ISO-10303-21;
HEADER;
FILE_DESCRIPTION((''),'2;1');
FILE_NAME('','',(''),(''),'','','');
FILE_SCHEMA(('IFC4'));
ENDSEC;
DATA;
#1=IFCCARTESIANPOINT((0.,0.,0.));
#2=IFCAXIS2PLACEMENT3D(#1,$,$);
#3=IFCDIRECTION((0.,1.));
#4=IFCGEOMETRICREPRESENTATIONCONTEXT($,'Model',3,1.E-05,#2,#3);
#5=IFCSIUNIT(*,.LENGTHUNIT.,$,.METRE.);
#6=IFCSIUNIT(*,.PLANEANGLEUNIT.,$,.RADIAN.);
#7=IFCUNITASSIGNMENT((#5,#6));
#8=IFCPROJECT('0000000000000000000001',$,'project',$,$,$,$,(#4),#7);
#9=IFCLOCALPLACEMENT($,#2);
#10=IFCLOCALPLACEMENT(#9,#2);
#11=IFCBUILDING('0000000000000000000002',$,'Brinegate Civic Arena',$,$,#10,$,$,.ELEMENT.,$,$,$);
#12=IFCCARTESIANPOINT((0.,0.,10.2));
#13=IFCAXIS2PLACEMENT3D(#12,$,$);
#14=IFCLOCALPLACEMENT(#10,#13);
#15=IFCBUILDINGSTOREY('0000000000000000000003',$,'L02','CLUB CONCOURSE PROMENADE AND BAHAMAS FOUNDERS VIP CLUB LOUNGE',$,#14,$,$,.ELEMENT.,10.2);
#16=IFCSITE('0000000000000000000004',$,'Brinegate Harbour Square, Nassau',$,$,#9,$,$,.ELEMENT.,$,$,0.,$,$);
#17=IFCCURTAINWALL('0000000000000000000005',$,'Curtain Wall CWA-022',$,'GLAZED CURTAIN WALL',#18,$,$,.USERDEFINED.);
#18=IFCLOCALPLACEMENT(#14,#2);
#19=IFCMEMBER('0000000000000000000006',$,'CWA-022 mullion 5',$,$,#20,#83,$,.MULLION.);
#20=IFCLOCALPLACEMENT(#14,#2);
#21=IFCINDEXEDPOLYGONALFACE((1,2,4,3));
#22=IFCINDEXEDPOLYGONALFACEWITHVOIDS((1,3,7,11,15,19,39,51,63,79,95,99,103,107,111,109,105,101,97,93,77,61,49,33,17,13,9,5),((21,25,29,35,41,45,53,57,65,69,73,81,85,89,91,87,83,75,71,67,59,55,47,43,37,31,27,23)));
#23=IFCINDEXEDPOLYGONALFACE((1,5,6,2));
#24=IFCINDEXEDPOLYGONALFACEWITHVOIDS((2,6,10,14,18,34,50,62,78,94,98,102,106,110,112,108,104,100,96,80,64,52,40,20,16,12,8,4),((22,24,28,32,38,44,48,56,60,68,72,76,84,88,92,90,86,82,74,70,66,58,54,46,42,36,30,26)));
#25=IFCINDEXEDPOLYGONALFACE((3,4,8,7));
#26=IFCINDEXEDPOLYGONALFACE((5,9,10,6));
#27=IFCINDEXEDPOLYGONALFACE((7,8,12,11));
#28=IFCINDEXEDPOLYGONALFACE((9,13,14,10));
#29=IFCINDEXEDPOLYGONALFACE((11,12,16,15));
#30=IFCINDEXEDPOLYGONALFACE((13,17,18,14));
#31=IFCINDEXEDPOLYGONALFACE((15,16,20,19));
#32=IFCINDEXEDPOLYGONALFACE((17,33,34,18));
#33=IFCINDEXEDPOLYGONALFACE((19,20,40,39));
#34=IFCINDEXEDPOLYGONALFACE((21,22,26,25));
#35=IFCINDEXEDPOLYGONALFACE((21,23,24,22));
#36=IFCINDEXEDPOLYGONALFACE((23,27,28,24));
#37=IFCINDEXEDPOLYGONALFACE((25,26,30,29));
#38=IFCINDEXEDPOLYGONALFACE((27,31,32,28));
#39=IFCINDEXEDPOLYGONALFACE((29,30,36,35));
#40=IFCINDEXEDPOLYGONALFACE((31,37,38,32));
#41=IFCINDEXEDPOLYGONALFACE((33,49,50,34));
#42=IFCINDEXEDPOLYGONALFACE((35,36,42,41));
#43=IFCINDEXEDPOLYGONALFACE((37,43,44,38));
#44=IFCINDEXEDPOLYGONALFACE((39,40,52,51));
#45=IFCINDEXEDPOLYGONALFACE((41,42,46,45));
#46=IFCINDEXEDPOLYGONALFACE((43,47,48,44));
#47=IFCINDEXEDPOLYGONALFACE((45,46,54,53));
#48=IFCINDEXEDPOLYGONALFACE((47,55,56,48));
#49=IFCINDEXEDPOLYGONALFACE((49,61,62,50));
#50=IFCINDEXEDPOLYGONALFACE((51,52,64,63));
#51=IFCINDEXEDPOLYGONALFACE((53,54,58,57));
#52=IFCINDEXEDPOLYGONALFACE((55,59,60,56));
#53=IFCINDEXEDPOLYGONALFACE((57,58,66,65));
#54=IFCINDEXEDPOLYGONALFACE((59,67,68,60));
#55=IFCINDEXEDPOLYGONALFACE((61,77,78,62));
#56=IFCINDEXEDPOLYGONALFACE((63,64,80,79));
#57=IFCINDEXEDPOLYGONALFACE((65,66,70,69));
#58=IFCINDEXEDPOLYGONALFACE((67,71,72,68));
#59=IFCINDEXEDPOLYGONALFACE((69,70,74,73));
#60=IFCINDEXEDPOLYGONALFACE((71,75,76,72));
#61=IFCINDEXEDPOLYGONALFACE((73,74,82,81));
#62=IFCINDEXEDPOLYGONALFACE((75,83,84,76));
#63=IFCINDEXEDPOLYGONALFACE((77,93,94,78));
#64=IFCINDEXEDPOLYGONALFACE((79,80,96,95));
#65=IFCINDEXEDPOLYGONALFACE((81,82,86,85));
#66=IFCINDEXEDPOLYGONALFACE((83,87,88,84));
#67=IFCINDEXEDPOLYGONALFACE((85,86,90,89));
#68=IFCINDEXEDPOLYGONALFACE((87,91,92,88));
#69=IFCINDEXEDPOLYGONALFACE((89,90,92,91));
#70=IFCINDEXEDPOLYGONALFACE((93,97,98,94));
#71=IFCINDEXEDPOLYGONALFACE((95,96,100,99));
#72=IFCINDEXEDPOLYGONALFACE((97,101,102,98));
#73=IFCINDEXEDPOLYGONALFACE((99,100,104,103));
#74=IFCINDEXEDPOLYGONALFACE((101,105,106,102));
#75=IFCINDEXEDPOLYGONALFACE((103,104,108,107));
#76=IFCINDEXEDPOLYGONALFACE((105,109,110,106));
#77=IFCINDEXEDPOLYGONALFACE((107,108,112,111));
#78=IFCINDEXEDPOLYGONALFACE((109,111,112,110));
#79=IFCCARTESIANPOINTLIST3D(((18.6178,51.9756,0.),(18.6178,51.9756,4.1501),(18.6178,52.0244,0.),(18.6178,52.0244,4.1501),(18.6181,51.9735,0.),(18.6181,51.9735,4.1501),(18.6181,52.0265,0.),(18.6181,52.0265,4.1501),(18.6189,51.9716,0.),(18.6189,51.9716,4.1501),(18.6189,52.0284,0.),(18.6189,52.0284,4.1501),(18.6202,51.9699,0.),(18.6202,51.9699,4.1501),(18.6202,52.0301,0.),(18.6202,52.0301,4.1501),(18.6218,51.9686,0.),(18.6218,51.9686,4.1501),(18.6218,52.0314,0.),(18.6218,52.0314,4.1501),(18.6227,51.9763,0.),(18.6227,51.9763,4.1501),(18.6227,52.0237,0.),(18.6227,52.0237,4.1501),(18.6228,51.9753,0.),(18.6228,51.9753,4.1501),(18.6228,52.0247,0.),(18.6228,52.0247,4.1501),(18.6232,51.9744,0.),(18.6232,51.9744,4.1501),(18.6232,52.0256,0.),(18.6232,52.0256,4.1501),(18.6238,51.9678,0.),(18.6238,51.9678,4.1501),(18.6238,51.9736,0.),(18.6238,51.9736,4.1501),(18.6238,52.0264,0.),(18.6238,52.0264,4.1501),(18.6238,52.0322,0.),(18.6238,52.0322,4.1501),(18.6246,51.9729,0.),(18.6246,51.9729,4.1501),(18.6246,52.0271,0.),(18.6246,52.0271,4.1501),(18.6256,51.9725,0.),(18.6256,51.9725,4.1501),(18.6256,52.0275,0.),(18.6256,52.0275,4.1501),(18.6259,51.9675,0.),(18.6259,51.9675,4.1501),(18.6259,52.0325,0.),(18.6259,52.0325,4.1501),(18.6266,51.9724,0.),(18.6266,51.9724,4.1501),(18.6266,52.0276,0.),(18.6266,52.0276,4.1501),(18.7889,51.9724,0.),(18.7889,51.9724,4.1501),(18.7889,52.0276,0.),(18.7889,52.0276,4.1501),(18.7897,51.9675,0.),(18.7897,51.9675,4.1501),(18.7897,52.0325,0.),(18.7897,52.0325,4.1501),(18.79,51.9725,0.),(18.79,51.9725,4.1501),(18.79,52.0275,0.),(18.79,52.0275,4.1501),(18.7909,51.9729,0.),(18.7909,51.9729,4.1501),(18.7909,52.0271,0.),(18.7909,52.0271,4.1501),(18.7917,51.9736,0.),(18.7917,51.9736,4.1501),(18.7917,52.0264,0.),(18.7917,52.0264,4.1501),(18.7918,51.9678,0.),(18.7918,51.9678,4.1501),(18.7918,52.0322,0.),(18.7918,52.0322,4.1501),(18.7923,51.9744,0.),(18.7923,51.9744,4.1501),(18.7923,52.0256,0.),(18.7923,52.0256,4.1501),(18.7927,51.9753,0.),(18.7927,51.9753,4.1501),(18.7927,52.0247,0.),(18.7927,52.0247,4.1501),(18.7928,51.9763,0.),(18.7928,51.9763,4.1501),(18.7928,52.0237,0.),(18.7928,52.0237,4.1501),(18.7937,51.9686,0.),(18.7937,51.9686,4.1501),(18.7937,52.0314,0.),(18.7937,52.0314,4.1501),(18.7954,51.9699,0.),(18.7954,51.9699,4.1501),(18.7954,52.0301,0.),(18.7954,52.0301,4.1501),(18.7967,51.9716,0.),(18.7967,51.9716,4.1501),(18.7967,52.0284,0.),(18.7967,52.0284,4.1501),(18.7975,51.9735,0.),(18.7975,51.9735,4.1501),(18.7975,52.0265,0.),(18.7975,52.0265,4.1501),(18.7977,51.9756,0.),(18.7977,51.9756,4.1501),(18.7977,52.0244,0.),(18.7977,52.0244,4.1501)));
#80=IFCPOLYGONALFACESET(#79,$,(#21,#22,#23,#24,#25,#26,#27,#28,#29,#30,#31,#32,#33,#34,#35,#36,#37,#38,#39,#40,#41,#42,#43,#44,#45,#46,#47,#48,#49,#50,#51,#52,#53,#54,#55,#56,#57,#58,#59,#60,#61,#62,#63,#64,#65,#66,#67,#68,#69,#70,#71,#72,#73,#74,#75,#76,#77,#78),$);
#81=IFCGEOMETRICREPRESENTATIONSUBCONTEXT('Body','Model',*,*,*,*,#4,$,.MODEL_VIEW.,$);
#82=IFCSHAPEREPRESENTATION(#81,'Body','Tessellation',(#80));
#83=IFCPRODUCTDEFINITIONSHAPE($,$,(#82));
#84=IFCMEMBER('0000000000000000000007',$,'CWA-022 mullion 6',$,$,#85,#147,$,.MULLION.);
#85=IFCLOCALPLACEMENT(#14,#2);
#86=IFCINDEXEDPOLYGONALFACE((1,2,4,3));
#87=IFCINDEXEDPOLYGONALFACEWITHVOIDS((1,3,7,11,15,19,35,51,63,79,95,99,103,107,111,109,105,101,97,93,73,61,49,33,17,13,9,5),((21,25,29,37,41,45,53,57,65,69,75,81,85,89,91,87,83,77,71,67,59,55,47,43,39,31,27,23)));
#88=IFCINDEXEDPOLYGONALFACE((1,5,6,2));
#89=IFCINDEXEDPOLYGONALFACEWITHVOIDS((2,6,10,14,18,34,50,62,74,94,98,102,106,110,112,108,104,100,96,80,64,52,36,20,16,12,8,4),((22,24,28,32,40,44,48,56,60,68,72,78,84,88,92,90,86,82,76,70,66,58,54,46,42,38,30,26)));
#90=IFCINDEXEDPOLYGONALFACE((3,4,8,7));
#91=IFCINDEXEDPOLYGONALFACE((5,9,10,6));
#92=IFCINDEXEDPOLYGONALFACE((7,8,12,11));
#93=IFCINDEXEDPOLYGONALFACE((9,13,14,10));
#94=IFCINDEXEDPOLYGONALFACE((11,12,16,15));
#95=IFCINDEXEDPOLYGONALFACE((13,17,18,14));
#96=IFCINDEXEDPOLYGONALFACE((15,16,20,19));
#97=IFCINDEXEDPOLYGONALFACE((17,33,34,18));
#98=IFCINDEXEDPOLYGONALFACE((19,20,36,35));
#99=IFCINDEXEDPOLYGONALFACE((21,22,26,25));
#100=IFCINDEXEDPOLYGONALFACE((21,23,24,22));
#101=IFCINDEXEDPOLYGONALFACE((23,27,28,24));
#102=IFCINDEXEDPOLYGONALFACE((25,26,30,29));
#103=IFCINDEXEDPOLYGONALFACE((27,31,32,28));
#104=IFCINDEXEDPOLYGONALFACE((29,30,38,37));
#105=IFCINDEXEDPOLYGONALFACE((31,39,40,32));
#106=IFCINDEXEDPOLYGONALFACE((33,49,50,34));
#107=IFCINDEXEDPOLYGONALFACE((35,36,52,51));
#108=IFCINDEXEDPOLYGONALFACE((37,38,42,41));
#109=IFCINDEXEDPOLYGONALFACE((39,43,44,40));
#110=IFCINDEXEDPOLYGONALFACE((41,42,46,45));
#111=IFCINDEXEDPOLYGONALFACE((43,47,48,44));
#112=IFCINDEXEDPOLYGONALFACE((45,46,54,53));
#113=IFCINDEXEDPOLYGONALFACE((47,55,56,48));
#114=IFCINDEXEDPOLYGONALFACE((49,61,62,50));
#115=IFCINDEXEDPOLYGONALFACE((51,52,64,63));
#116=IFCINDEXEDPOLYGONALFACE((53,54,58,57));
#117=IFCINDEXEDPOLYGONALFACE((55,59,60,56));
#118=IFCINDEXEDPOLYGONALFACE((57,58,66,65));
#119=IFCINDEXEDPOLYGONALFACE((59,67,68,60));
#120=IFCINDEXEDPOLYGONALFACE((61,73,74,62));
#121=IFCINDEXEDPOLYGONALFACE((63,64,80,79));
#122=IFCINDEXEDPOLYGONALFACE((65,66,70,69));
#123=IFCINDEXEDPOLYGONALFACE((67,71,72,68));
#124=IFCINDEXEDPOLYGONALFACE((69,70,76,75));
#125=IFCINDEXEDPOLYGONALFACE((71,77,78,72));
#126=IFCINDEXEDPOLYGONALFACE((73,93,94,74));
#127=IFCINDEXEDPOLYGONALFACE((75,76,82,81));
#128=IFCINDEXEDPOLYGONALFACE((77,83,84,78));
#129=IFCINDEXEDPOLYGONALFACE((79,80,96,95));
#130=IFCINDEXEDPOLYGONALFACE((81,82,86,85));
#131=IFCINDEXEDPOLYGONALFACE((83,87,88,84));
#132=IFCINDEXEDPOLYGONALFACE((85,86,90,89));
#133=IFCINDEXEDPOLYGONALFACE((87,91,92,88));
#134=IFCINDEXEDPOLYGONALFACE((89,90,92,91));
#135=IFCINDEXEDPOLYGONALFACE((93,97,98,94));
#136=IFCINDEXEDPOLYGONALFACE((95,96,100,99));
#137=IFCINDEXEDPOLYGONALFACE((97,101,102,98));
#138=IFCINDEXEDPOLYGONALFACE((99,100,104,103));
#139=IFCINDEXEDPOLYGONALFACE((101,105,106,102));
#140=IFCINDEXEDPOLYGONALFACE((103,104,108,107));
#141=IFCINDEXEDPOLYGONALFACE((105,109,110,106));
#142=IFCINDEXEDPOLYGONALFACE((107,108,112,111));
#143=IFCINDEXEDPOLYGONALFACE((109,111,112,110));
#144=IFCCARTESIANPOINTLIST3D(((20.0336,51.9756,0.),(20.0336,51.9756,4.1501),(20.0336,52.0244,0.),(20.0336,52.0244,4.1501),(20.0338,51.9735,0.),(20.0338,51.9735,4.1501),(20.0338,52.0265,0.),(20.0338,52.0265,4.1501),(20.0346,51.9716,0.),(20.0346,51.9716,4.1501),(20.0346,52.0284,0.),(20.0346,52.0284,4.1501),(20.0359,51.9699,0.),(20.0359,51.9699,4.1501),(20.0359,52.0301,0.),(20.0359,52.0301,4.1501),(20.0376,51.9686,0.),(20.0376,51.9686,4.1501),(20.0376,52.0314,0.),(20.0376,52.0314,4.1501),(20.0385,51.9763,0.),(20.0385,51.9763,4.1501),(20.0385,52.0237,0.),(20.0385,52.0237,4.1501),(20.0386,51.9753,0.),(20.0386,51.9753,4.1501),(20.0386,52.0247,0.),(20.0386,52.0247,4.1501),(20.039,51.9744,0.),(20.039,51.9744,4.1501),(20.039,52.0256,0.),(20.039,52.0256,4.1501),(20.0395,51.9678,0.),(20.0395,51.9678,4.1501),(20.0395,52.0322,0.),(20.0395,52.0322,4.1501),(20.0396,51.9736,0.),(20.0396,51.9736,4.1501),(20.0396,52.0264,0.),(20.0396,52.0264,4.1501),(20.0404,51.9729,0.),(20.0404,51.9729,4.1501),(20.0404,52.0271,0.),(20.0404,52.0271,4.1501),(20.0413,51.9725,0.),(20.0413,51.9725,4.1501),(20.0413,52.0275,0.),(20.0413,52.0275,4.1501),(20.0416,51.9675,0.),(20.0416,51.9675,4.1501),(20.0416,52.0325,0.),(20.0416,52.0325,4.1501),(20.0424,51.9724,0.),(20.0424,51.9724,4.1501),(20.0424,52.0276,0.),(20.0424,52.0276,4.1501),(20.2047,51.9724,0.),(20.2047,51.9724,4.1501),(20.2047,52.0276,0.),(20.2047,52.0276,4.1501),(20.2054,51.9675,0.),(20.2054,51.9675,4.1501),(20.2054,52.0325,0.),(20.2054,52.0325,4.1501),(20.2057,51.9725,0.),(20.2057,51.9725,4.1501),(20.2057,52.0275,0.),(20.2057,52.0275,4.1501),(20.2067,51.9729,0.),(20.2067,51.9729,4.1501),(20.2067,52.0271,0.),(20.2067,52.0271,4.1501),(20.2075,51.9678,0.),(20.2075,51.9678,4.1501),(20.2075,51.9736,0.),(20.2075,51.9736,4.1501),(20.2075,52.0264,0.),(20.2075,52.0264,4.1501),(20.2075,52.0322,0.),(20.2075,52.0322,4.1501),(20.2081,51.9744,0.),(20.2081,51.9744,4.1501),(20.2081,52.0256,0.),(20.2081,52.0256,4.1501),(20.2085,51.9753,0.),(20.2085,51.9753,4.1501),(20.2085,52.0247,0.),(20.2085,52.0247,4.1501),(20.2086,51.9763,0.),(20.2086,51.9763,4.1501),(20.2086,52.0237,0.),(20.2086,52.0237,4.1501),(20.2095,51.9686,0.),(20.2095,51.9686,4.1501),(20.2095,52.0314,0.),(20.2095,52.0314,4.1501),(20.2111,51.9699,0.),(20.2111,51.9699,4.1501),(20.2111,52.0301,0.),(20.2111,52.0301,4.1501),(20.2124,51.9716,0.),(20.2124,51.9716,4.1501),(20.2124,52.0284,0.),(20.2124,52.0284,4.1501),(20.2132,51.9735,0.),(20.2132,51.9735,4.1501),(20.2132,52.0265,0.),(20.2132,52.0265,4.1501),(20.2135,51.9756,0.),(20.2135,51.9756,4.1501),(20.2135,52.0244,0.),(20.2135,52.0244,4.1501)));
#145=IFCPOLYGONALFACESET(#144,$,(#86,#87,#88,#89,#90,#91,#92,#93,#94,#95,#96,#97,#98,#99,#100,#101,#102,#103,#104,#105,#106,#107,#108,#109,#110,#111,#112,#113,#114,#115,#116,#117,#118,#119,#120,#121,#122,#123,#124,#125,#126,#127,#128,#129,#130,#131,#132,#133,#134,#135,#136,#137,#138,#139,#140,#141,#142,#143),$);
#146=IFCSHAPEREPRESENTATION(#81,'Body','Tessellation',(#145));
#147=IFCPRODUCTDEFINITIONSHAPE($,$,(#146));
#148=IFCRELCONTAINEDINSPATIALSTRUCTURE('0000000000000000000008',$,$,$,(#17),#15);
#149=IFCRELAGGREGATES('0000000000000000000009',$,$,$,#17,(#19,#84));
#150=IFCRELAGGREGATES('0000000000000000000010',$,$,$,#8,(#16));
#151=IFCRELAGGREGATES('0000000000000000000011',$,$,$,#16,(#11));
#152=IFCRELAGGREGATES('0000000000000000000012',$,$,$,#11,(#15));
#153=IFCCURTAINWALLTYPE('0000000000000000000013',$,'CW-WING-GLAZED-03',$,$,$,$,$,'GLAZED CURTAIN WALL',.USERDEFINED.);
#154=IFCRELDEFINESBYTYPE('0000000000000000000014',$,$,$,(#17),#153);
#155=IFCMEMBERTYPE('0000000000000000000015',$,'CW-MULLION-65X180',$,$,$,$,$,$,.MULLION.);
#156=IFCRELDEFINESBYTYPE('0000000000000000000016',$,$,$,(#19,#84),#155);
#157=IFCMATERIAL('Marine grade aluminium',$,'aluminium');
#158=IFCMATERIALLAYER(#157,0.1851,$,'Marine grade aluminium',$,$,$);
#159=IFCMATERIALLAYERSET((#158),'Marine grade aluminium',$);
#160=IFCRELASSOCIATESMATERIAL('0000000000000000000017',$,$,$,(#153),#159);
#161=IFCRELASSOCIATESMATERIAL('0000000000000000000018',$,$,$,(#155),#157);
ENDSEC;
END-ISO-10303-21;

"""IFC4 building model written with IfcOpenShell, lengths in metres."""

from ifc_helpers import new_model, si_unit, direction, frame, origin, origin_2d, place, context, subcontext, project, spatial, hollow_rectangle, extrude, material, layer, layer_set, material_profile, profile_set, type_object, element, aggregate, save


model = new_model("IFC4")

# Units and contexts
model_context = context("Model", 3, precision=1e-05, world=origin(), true_north=direction((0.0, 1.0)))
body_context = subcontext(model_context, "Body", "Model", "MODEL_VIEW")
ifc_project = project(units=[si_unit("LENGTHUNIT", "METRE"), si_unit("PLANEANGLEUNIT", "RADIAN")], contexts=[model_context])

# Site, building, storey
site_placement = place(None, origin())
site = spatial("IfcSite", under=ifc_project, at=site_placement, Name="Brinegate Harbour Square, Nassau", CompositionType="ELEMENT", RefElevation=0.0)
building_placement = place(site_placement, origin())
building = spatial("IfcBuilding", under=site, at=building_placement, Name="Brinegate Civic Arena", CompositionType="ELEMENT")
storey_placement = place(building_placement, frame((0.0, 0.0, 10.2)))
storey = spatial("IfcBuildingStorey", under=building, at=storey_placement, Name="L02", Description="CLUB CONCOURSE PROMENADE AND BAHAMAS FOUNDERS VIP CLUB LOUNGE", CompositionType="ELEMENT", Elevation=10.2)

# Curtain wall, members
ifc_material_1 = material(Name="Marine grade aluminium", Category="aluminium")
ifc_layer_1 = layer(ifc_material_1, 0.1851, Name="Marine grade aluminium")
ifc_layer_set_1 = layer_set([ifc_layer_1], Name="Marine grade aluminium")
curtain_wall_type = type_object("IfcCurtainWallType", Name="CW-WING-GLAZED-03", ElementType="GLAZED CURTAIN WALL", PredefinedType="USERDEFINED", material=ifc_layer_set_1)
curtain_wall_placement = place(storey_placement, origin())
curtain_wall = element("IfcCurtainWall", 1, at=curtain_wall_placement, inside=storey, type_object=curtain_wall_type, Name="Curtain Wall CWA-022", ObjectType="GLAZED CURTAIN WALL", PredefinedType="USERDEFINED")
ifc_material_profile_1 = material_profile(ifc_material_1, hollow_rectangle(XDim=0.0649, YDim=0.1799, WallThickness=0.0049, InnerFilletRadius=0.0039, OuterFilletRadius=0.0081, at=origin_2d()), Name="MUL65X180")
ifc_profile_set_1 = profile_set([ifc_material_profile_1], Name="Marine grade aluminium")
member_type_1 = type_object("IfcMemberType", Name="CW-MULLION-65X180", PredefinedType="MULLION", material=ifc_profile_set_1)
member_1_placement = place(storey_placement, frame((18.7078, 52.0, 0.0), z_axis=(0.0, 0.0, 1.0), x_axis=(0.0, 1.0, 0.0)))
member_1 = element("IfcMember", 2, at=member_1_placement, type_object=member_type_1, Name="CWA-022 mullion 5", PredefinedType="MULLION", context=body_context, shape_type="SweptSolid", body=[
    extrude(hollow_rectangle(XDim=0.0649, YDim=0.1799, WallThickness=0.0049, InnerFilletRadius=0.0039, OuterFilletRadius=0.0081, at=origin_2d()), origin(), (0.0, 0.0, 1.0), 4.1501),
])
member_2_placement = place(storey_placement, frame((20.1235, 52.0, 0.0), z_axis=(0.0, 0.0, 1.0), x_axis=(0.0, 1.0, 0.0)))
member_2 = element("IfcMember", 3, at=member_2_placement, type_object=member_type_1, Name="CWA-022 mullion 6", PredefinedType="MULLION", context=body_context, shape_type="SweptSolid", body=[
    extrude(hollow_rectangle(XDim=0.0649, YDim=0.1799, WallThickness=0.0049, InnerFilletRadius=0.0039, OuterFilletRadius=0.0081, at=origin_2d()), origin(), (0.0, 0.0, 1.0), 4.1501),
])
aggregate(curtain_wall, [member_1, member_2])

save(model, "model.ifc")
